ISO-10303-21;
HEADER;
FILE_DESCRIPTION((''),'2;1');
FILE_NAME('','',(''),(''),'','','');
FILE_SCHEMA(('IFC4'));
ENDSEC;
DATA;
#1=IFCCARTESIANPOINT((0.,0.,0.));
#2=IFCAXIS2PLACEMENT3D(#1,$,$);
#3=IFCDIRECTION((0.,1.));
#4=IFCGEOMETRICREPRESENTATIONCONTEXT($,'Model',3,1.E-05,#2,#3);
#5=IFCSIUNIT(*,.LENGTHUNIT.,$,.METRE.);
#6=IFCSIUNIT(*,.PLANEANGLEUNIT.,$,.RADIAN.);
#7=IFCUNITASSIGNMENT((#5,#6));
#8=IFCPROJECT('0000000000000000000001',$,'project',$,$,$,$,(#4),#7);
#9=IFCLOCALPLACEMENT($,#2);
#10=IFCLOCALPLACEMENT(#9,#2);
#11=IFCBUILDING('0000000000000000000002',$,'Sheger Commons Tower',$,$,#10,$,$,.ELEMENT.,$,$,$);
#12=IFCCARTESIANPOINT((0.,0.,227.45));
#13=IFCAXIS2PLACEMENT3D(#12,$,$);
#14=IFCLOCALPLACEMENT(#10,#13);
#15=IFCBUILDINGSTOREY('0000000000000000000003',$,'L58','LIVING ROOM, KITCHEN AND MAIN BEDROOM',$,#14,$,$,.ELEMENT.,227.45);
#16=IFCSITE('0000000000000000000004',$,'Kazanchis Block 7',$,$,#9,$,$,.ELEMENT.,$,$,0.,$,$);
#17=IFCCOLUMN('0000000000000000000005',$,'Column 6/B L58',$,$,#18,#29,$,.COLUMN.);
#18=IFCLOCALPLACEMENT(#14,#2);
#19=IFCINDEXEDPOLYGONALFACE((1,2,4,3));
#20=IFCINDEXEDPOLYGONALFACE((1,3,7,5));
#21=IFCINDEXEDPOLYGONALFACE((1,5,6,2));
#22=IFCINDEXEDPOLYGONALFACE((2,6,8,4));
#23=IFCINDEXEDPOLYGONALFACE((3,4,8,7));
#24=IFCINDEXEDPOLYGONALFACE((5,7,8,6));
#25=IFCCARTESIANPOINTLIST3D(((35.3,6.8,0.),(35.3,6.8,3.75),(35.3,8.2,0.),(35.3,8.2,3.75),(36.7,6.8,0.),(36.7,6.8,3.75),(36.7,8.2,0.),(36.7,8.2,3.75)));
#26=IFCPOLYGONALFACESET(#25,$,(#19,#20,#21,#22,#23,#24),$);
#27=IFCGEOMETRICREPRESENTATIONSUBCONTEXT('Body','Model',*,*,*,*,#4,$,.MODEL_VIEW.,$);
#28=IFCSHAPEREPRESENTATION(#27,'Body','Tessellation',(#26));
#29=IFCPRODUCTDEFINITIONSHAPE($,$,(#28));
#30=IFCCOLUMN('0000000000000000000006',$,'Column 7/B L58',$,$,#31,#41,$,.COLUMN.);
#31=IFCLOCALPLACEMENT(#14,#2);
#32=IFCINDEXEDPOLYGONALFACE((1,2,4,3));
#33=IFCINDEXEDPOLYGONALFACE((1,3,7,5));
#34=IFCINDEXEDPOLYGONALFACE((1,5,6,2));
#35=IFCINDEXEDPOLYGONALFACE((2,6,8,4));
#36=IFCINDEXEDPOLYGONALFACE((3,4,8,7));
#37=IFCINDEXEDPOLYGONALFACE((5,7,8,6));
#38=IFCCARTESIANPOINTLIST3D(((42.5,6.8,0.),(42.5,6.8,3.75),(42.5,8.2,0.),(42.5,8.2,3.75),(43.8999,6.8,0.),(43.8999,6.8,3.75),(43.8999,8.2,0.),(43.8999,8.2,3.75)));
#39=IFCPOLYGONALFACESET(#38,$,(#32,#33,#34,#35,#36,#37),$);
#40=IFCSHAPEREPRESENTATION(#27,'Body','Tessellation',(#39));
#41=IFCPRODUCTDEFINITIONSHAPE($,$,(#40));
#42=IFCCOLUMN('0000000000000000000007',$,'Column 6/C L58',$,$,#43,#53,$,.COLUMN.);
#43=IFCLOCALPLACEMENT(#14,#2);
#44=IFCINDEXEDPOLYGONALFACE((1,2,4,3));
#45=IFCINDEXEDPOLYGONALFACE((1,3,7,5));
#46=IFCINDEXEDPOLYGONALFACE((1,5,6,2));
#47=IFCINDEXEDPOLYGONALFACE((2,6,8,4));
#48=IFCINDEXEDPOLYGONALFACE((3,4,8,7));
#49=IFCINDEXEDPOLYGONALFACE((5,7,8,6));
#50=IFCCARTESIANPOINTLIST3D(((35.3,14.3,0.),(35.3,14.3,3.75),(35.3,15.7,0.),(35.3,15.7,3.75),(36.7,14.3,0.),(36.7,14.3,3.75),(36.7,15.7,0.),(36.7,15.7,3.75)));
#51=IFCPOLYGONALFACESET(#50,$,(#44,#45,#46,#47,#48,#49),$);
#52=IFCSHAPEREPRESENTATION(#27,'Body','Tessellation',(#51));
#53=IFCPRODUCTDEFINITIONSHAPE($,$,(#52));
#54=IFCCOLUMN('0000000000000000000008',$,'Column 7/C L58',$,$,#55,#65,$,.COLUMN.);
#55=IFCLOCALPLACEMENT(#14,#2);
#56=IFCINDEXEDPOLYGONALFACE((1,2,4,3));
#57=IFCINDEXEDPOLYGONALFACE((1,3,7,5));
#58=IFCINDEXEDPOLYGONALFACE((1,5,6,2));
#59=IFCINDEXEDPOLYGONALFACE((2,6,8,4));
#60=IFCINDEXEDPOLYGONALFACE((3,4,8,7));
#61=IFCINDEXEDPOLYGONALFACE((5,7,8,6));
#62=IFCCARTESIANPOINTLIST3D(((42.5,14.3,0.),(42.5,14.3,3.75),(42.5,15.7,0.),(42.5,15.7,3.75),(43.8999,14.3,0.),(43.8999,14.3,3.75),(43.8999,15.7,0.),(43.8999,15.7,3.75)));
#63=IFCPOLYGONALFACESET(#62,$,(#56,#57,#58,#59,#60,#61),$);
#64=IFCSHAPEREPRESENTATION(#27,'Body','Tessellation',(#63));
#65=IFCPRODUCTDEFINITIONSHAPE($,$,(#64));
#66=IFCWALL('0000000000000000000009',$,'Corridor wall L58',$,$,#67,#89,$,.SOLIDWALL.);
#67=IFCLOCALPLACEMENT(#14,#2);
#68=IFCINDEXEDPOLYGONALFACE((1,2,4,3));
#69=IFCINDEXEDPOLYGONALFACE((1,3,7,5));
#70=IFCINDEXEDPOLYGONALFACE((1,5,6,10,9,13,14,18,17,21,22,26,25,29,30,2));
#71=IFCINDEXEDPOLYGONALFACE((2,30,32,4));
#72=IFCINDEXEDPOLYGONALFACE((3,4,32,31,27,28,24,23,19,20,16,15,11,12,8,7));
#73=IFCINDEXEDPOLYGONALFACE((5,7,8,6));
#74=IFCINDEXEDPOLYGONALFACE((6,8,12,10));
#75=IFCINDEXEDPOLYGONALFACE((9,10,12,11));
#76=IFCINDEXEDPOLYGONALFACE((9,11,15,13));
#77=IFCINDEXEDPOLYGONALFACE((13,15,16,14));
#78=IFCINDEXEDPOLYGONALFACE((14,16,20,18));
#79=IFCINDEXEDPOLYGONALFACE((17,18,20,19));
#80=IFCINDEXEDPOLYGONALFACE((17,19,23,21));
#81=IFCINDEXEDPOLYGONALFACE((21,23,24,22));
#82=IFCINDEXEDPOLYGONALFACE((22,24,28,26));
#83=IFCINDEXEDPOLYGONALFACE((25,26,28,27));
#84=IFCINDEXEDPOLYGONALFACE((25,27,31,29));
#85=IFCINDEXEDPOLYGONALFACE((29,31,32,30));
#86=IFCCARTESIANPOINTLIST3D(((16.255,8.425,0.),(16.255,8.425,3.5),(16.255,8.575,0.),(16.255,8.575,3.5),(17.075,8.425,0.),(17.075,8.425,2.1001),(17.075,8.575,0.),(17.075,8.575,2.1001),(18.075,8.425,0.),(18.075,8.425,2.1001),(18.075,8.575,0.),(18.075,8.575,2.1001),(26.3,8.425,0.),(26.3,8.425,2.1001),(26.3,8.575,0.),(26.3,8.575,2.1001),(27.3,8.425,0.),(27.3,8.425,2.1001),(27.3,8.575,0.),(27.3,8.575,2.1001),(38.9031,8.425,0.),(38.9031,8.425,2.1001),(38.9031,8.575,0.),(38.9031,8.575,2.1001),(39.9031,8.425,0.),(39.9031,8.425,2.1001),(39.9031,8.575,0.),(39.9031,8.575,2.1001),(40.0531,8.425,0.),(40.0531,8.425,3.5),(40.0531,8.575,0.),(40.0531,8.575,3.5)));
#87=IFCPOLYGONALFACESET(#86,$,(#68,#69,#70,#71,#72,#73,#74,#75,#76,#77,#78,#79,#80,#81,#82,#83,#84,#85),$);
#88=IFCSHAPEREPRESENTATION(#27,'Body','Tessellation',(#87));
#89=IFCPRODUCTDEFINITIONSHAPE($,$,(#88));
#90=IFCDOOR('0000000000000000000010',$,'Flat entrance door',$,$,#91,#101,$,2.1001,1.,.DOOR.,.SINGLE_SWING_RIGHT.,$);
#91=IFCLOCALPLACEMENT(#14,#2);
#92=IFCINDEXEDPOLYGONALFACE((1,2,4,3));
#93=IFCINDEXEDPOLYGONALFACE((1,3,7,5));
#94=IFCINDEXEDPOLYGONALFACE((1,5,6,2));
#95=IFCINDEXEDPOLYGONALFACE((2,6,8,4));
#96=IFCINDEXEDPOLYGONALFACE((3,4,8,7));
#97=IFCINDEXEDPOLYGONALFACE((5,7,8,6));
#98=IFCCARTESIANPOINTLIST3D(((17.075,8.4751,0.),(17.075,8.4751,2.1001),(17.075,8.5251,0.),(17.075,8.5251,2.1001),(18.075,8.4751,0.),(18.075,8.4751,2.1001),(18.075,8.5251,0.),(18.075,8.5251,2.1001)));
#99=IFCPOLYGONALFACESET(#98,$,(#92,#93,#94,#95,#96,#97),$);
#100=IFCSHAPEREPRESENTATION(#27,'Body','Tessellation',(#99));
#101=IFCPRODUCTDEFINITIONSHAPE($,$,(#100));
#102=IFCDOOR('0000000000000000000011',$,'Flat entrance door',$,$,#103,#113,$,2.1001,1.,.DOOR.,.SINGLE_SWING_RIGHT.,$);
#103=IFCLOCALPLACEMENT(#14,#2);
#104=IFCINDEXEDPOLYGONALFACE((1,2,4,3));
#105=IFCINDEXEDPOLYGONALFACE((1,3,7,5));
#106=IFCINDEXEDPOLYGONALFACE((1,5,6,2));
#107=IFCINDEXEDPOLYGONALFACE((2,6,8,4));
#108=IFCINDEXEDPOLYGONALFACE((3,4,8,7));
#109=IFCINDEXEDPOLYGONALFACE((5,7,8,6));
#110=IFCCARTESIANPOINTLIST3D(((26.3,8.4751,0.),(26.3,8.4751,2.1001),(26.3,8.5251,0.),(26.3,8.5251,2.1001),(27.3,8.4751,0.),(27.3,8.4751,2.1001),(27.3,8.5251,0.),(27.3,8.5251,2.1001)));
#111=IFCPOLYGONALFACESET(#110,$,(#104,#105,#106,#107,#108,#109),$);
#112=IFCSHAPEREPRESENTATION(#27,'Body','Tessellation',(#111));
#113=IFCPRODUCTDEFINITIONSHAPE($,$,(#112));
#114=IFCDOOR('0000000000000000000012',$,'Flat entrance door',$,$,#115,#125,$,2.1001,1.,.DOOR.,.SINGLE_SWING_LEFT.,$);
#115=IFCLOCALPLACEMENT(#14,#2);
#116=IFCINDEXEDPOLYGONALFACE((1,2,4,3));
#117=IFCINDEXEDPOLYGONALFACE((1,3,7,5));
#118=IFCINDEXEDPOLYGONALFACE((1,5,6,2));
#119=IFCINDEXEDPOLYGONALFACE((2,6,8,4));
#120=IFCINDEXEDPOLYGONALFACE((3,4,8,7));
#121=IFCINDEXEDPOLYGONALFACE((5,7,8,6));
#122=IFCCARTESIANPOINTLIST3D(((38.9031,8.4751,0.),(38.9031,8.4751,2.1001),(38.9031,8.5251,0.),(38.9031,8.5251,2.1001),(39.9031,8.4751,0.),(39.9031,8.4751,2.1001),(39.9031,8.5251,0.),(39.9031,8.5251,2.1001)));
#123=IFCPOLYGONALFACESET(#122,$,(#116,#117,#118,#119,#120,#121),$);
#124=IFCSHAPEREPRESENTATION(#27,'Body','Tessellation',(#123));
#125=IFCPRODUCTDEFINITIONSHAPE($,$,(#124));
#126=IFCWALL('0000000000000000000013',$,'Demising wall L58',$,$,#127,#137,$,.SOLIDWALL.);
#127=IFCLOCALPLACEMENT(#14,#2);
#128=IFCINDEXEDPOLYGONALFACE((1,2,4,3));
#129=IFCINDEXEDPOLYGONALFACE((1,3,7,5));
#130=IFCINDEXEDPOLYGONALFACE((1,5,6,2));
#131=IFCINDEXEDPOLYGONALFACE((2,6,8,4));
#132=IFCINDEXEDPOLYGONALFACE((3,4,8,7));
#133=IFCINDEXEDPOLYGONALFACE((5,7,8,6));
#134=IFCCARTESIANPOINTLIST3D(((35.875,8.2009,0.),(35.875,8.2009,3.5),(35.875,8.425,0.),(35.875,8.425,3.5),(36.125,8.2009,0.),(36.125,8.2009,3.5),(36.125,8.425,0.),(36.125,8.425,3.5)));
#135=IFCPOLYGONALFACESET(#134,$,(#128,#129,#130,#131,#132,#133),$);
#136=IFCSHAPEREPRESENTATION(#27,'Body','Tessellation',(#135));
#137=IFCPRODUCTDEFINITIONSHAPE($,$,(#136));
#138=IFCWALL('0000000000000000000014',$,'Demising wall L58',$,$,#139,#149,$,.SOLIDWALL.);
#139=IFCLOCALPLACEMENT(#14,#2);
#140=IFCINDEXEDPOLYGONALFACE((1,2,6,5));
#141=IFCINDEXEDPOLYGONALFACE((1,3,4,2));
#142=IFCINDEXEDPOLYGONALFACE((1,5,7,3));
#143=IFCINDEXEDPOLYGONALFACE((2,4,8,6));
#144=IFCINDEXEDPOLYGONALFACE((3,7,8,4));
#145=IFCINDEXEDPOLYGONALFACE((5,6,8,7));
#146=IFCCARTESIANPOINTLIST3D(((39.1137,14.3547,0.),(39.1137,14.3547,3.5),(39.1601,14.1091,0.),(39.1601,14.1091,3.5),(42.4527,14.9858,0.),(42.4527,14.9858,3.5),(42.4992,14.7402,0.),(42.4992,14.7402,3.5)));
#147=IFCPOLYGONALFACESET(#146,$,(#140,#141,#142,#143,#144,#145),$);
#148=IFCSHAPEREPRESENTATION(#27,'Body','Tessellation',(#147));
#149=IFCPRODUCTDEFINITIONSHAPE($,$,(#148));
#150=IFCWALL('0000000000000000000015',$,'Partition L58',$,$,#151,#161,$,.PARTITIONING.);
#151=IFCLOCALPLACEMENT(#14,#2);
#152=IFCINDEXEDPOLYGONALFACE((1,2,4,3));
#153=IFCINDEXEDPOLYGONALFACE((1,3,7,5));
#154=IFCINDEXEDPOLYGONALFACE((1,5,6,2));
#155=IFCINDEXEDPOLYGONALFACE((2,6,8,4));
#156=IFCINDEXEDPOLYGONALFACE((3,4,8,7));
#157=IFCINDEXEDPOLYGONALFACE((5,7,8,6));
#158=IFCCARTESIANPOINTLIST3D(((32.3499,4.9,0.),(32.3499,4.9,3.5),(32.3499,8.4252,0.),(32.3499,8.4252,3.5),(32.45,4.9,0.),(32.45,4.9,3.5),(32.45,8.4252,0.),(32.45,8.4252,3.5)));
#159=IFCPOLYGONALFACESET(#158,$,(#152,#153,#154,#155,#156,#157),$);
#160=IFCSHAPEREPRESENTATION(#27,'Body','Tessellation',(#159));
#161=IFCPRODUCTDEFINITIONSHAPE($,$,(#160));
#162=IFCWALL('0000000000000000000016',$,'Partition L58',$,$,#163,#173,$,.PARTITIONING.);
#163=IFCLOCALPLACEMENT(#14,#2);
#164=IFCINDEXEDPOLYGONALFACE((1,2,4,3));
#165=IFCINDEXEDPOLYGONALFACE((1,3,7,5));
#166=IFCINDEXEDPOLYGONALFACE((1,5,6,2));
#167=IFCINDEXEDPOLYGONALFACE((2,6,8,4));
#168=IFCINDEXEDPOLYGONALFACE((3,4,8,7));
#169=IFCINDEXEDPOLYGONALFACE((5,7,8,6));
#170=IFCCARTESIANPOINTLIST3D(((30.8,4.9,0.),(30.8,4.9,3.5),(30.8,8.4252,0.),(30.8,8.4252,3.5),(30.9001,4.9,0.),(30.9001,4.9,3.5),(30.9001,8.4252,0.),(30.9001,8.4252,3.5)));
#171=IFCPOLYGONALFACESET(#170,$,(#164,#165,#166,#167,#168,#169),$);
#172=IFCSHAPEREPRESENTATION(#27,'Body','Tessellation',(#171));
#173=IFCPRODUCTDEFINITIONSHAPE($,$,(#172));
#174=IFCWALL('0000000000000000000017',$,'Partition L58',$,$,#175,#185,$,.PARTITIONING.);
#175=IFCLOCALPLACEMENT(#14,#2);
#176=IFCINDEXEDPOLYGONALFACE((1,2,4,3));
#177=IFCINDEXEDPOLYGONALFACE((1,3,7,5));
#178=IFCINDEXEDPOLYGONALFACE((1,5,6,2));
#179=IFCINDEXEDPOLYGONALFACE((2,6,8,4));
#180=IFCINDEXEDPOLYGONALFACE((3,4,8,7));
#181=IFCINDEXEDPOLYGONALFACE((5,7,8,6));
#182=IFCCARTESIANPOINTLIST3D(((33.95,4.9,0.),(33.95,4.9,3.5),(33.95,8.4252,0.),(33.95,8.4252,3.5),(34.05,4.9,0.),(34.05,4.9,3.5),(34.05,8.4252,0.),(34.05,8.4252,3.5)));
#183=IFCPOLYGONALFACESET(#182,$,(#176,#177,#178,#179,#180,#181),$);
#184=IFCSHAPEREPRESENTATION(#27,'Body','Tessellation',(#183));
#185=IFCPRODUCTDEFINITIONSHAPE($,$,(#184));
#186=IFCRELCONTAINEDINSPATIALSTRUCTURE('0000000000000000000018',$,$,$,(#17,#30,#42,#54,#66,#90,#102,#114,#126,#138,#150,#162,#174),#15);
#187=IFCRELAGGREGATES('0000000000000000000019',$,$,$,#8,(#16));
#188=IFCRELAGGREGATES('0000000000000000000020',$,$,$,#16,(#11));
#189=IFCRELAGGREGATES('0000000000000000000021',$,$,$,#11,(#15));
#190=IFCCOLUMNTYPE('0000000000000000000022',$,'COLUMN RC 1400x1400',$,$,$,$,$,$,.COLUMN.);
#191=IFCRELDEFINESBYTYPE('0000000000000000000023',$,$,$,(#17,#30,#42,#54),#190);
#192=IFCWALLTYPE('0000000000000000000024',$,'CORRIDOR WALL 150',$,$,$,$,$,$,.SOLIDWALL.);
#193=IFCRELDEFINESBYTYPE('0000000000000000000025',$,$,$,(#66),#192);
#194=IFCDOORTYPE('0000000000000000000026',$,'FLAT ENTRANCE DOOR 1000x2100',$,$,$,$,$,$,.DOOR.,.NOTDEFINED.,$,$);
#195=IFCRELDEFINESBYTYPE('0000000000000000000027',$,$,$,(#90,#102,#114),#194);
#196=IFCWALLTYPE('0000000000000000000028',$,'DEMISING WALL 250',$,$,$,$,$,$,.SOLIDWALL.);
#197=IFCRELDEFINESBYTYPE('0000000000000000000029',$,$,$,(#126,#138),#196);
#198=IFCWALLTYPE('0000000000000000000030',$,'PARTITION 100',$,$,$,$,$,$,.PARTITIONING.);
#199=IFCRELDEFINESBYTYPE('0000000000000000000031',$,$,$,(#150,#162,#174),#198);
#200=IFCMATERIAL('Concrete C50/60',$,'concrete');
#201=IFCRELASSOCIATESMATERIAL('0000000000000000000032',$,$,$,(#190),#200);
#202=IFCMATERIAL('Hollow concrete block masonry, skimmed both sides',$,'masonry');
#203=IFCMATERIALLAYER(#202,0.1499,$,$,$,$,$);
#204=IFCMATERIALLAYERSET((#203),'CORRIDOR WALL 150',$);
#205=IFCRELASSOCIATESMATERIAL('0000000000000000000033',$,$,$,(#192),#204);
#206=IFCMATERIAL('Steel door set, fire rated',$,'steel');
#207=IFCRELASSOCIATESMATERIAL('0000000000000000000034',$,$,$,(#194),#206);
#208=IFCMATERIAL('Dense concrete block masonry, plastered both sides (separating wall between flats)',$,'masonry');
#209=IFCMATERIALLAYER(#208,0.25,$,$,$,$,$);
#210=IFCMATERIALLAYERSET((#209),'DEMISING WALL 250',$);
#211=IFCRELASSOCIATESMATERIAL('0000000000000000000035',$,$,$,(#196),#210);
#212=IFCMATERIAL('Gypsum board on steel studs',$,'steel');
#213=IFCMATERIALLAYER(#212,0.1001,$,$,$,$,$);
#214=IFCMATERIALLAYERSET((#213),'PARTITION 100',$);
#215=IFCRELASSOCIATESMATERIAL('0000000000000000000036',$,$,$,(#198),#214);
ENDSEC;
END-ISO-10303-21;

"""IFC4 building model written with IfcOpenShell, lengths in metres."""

from ifc_helpers import new_model, si_unit, direction, frame, frame_2d, origin, origin_2d, place, context, subcontext, project, spatial, rectangle, extrude, material, layer, layer_set, material_profile, profile_set, type_object, element, fill, save


model = new_model("IFC4")

# Units and contexts
model_context = context("Model", 3, precision=1e-05, world=origin(), true_north=direction((0.0, 1.0)))
body_context = subcontext(model_context, "Body", "Model", "MODEL_VIEW")
ifc_project = project(units=[si_unit("LENGTHUNIT", "METRE"), si_unit("PLANEANGLEUNIT", "RADIAN")], contexts=[model_context])

# Site, building, storey
site_placement = place(None, origin())
site = spatial("IfcSite", under=ifc_project, at=site_placement, Name="Kazanchis Block 7", CompositionType="ELEMENT", RefElevation=0.0)
building_placement = place(site_placement, origin())
building = spatial("IfcBuilding", under=site, at=building_placement, Name="Sheger Commons Tower", CompositionType="ELEMENT")
storey_placement = place(building_placement, frame((0.0, 0.0, 227.45)))
storey = spatial("IfcBuildingStorey", under=building, at=storey_placement, Name="L58", Description="LIVING ROOM, KITCHEN AND MAIN BEDROOM", CompositionType="ELEMENT", Elevation=227.45)

# Columns
ifc_material_1 = material(Name="Concrete C50/60", Category="concrete")
ifc_material_profile = material_profile(ifc_material_1, rectangle(XDim=1.3999, YDim=1.3999, at=origin_2d()), Name="RC 1400x1400")
ifc_profile_set = profile_set([ifc_material_profile], Name="Concrete C50/60")
column_type = type_object("IfcColumnType", Name="COLUMN RC 1400x1400", PredefinedType="COLUMN", material=ifc_profile_set)
for number, where, z_axis, x_axis, name in (
    (1, (36.0, 7.5, 0.0), (0.0, 0.0, 1.0), (1.0, 0.0, 0.0), "Column 6/B L58"),
    (2, (43.2, 7.5, 0.0), (0.0, 0.0, 1.0), (1.0, 0.0, 0.0), "Column 7/B L58"),
    (3, (36.0, 15.0, 0.0), (0.0, 0.0, 1.0), (1.0, 0.0, 0.0), "Column 6/C L58"),
    (4, (43.2, 15.0, 0.0), (0.0, 0.0, 1.0), (1.0, 0.0, 0.0), "Column 7/C L58"),
):
    element("IfcColumn", number, at=place(storey_placement, frame(where, z_axis=z_axis, x_axis=x_axis)), inside=storey, type_object=column_type, Name=name, PredefinedType="COLUMN", context=body_context, shape_type="SweptSolid", body=[
        extrude(rectangle(XDim=1.3999, YDim=1.3999, at=origin_2d()), origin(), (0.0, 0.0, 1.0), 3.75),
    ])

# Wall, openings, doors
ifc_material_2 = material(Name="Hollow concrete block masonry, skimmed both sides", Category="masonry")
ifc_layer_1 = layer(ifc_material_2, 0.1499)
ifc_layer_set_1 = layer_set([ifc_layer_1], Name="CORRIDOR WALL 150")
wall_type_1 = type_object("IfcWallType", Name="CORRIDOR WALL 150", PredefinedType="SOLIDWALL", material=ifc_layer_set_1)
wall_1_placement = place(storey_placement, frame((40.053, 8.5, 0.0), z_axis=(0.0, 0.0, 1.0), x_axis=(-1.0, 0.0, 0.0)))
wall_1 = element("IfcWall", 5, at=wall_1_placement, inside=storey, type_object=wall_type_1, Name="Corridor wall L58", PredefinedType="SOLIDWALL", context=body_context, shape_type="SweptSolid", body=[
    extrude(rectangle(XDim=23.7981, YDim=0.1499, at=frame_2d((11.8989, 0.0))), origin(), (0.0, 0.0, 1.0), 3.5),
])
opening_1_placement = place(wall_1_placement, frame((21.978, 0.0, 0.0)))
opening_1 = element("IfcOpeningElement", 6, at=opening_1_placement, cuts=wall_1, PredefinedType="OPENING", context=body_context, shape_type="SweptSolid", body=[
    extrude(rectangle(XDim=1.0, YDim=2.1001, at=frame_2d((0.5, 1.05))), frame((0.0, 0.085, 0.0), z_axis=(0.0, -1.0, 0.0), x_axis=(1.0, 0.0, 0.0)), (0.0, 0.0, 1.0), 0.1699),
])
opening_2_placement = place(wall_1_placement, frame((12.7529, 0.0, 0.0)))
opening_2 = element("IfcOpeningElement", 7, at=opening_2_placement, cuts=wall_1, PredefinedType="OPENING", context=body_context, shape_type="SweptSolid", body=[
    extrude(rectangle(XDim=1.0, YDim=2.1001, at=frame_2d((0.5, 1.05))), frame((0.0, 0.085, 0.0), z_axis=(0.0, -1.0, 0.0), x_axis=(1.0, 0.0, 0.0)), (0.0, 0.0, 1.0), 0.1699),
])
opening_3_placement = place(wall_1_placement, frame((0.1499, 0.0, 0.0)))
opening_3 = element("IfcOpeningElement", 8, at=opening_3_placement, cuts=wall_1, PredefinedType="OPENING", context=body_context, shape_type="SweptSolid", body=[
    extrude(rectangle(XDim=1.0, YDim=2.1001, at=frame_2d((0.5, 1.05))), frame((0.0, 0.085, 0.0), z_axis=(0.0, -1.0, 0.0), x_axis=(1.0, 0.0, 0.0)), (0.0, 0.0, 1.0), 0.1699),
])
ifc_material_3 = material(Name="Steel door set, fire rated", Category="steel")
door_type_1 = type_object("IfcDoorType", Name="FLAT ENTRANCE DOOR 1000x2100", OperationType="NOTDEFINED", PredefinedType="DOOR", material=ifc_material_3)
door_1_placement = place(opening_1_placement, origin())
door_1 = element("IfcDoor", 9, at=door_1_placement, inside=storey, type_object=door_type_1, Name="Flat entrance door", OperationType="SINGLE_SWING_RIGHT", OverallHeight=2.1001, OverallWidth=1.0, PredefinedType="DOOR", context=body_context, shape_type="SweptSolid", body=[
    extrude(rectangle(XDim=1.0, YDim=2.1001, at=frame_2d((0.5, 1.05))), frame((0.0, 0.0249, 0.0), z_axis=(0.0, -1.0, 0.0), x_axis=(1.0, 0.0, 0.0)), (0.0, 0.0, 1.0), 0.05),
])
fill(opening_1, door_1)
door_2_placement = place(opening_2_placement, origin())
door_2 = element("IfcDoor", 10, at=door_2_placement, inside=storey, type_object=door_type_1, Name="Flat entrance door", OperationType="SINGLE_SWING_RIGHT", OverallHeight=2.1001, OverallWidth=1.0, PredefinedType="DOOR", context=body_context, shape_type="SweptSolid", body=[
    extrude(rectangle(XDim=1.0, YDim=2.1001, at=frame_2d((0.5, 1.05))), frame((0.0, 0.0249, 0.0), z_axis=(0.0, -1.0, 0.0), x_axis=(1.0, 0.0, 0.0)), (0.0, 0.0, 1.0), 0.05),
])
fill(opening_2, door_2)
door_3_placement = place(opening_3_placement, origin())
door_3 = element("IfcDoor", 11, at=door_3_placement, inside=storey, type_object=door_type_1, Name="Flat entrance door", OperationType="SINGLE_SWING_LEFT", OverallHeight=2.1001, OverallWidth=1.0, PredefinedType="DOOR", context=body_context, shape_type="SweptSolid", body=[
    extrude(rectangle(XDim=1.0, YDim=2.1001, at=frame_2d((0.5, 1.05))), frame((0.0, 0.0249, 0.0), z_axis=(0.0, -1.0, 0.0), x_axis=(1.0, 0.0, 0.0)), (0.0, 0.0, 1.0), 0.05),
])
fill(opening_3, door_3)

# Walls
ifc_material_4 = material(Name="Dense concrete block masonry, plastered both sides (separating wall between flats)", Category="masonry")
ifc_layer_2 = layer(ifc_material_4, 0.25)
ifc_layer_set_2 = layer_set([ifc_layer_2], Name="DEMISING WALL 250")
wall_type_2 = type_object("IfcWallType", Name="DEMISING WALL 250", PredefinedType="SOLIDWALL", material=ifc_layer_set_2)
wall_2_placement = place(storey_placement, frame((36.0, 8.2009, 0.0), z_axis=(0.0, 0.0, 1.0), x_axis=(0.0, 1.0, 0.0)))
element("IfcWall", 12, at=wall_2_placement, inside=storey, type_object=wall_type_2, Name="Demising wall L58", PredefinedType="SOLIDWALL", context=body_context, shape_type="SweptSolid", body=[
    extrude(rectangle(XDim=0.2241, YDim=0.25, at=frame_2d((0.1121, 0.0))), origin(), (0.0, 0.0, 1.0), 3.5),
])
wall_3_placement = place(storey_placement, frame((42.4761, 14.863, 0.0), z_axis=(0.0, 0.0, 1.0), x_axis=(-0.982604, -0.185715, 0.0)))
element("IfcWall", 13, at=wall_3_placement, inside=storey, type_object=wall_type_2, Name="Demising wall L58", PredefinedType="SOLIDWALL", context=body_context, shape_type="SweptSolid", body=[
    extrude(rectangle(XDim=3.3982, YDim=0.25, at=frame_2d((1.6992, 0.0))), origin(), (0.0, 0.0, 1.0), 3.5),
])
ifc_material_5 = material(Name="Gypsum board on steel studs", Category="steel")
ifc_layer_3 = layer(ifc_material_5, 0.1001)
ifc_layer_set_3 = layer_set([ifc_layer_3], Name="PARTITION 100")
wall_type_3 = type_object("IfcWallType", Name="PARTITION 100", PredefinedType="PARTITIONING", material=ifc_layer_set_3)
for number, where, z_axis, x_axis, name in (
    (14, (32.3999, 4.8999, 0.0), (0.0, 0.0, 1.0), (0.0, 1.0, 0.0), "Partition L58"),
    (15, (30.8501, 4.8999, 0.0), (0.0, 0.0, 1.0), (0.0, 1.0, 0.0), "Partition L58"),
    (16, (34.0, 4.8999, 0.0), (0.0, 0.0, 1.0), (0.0, 1.0, 0.0), "Partition L58"),
):
    element("IfcWall", number, at=place(storey_placement, frame(where, z_axis=z_axis, x_axis=x_axis)), inside=storey, type_object=wall_type_3, Name=name, PredefinedType="PARTITIONING", context=body_context, shape_type="SweptSolid", body=[
        extrude(rectangle(XDim=3.5251, YDim=0.1001, at=frame_2d((1.7627, 0.0))), origin(), (0.0, 0.0, 1.0), 3.5),
    ])

save(model, "model.ifc")
